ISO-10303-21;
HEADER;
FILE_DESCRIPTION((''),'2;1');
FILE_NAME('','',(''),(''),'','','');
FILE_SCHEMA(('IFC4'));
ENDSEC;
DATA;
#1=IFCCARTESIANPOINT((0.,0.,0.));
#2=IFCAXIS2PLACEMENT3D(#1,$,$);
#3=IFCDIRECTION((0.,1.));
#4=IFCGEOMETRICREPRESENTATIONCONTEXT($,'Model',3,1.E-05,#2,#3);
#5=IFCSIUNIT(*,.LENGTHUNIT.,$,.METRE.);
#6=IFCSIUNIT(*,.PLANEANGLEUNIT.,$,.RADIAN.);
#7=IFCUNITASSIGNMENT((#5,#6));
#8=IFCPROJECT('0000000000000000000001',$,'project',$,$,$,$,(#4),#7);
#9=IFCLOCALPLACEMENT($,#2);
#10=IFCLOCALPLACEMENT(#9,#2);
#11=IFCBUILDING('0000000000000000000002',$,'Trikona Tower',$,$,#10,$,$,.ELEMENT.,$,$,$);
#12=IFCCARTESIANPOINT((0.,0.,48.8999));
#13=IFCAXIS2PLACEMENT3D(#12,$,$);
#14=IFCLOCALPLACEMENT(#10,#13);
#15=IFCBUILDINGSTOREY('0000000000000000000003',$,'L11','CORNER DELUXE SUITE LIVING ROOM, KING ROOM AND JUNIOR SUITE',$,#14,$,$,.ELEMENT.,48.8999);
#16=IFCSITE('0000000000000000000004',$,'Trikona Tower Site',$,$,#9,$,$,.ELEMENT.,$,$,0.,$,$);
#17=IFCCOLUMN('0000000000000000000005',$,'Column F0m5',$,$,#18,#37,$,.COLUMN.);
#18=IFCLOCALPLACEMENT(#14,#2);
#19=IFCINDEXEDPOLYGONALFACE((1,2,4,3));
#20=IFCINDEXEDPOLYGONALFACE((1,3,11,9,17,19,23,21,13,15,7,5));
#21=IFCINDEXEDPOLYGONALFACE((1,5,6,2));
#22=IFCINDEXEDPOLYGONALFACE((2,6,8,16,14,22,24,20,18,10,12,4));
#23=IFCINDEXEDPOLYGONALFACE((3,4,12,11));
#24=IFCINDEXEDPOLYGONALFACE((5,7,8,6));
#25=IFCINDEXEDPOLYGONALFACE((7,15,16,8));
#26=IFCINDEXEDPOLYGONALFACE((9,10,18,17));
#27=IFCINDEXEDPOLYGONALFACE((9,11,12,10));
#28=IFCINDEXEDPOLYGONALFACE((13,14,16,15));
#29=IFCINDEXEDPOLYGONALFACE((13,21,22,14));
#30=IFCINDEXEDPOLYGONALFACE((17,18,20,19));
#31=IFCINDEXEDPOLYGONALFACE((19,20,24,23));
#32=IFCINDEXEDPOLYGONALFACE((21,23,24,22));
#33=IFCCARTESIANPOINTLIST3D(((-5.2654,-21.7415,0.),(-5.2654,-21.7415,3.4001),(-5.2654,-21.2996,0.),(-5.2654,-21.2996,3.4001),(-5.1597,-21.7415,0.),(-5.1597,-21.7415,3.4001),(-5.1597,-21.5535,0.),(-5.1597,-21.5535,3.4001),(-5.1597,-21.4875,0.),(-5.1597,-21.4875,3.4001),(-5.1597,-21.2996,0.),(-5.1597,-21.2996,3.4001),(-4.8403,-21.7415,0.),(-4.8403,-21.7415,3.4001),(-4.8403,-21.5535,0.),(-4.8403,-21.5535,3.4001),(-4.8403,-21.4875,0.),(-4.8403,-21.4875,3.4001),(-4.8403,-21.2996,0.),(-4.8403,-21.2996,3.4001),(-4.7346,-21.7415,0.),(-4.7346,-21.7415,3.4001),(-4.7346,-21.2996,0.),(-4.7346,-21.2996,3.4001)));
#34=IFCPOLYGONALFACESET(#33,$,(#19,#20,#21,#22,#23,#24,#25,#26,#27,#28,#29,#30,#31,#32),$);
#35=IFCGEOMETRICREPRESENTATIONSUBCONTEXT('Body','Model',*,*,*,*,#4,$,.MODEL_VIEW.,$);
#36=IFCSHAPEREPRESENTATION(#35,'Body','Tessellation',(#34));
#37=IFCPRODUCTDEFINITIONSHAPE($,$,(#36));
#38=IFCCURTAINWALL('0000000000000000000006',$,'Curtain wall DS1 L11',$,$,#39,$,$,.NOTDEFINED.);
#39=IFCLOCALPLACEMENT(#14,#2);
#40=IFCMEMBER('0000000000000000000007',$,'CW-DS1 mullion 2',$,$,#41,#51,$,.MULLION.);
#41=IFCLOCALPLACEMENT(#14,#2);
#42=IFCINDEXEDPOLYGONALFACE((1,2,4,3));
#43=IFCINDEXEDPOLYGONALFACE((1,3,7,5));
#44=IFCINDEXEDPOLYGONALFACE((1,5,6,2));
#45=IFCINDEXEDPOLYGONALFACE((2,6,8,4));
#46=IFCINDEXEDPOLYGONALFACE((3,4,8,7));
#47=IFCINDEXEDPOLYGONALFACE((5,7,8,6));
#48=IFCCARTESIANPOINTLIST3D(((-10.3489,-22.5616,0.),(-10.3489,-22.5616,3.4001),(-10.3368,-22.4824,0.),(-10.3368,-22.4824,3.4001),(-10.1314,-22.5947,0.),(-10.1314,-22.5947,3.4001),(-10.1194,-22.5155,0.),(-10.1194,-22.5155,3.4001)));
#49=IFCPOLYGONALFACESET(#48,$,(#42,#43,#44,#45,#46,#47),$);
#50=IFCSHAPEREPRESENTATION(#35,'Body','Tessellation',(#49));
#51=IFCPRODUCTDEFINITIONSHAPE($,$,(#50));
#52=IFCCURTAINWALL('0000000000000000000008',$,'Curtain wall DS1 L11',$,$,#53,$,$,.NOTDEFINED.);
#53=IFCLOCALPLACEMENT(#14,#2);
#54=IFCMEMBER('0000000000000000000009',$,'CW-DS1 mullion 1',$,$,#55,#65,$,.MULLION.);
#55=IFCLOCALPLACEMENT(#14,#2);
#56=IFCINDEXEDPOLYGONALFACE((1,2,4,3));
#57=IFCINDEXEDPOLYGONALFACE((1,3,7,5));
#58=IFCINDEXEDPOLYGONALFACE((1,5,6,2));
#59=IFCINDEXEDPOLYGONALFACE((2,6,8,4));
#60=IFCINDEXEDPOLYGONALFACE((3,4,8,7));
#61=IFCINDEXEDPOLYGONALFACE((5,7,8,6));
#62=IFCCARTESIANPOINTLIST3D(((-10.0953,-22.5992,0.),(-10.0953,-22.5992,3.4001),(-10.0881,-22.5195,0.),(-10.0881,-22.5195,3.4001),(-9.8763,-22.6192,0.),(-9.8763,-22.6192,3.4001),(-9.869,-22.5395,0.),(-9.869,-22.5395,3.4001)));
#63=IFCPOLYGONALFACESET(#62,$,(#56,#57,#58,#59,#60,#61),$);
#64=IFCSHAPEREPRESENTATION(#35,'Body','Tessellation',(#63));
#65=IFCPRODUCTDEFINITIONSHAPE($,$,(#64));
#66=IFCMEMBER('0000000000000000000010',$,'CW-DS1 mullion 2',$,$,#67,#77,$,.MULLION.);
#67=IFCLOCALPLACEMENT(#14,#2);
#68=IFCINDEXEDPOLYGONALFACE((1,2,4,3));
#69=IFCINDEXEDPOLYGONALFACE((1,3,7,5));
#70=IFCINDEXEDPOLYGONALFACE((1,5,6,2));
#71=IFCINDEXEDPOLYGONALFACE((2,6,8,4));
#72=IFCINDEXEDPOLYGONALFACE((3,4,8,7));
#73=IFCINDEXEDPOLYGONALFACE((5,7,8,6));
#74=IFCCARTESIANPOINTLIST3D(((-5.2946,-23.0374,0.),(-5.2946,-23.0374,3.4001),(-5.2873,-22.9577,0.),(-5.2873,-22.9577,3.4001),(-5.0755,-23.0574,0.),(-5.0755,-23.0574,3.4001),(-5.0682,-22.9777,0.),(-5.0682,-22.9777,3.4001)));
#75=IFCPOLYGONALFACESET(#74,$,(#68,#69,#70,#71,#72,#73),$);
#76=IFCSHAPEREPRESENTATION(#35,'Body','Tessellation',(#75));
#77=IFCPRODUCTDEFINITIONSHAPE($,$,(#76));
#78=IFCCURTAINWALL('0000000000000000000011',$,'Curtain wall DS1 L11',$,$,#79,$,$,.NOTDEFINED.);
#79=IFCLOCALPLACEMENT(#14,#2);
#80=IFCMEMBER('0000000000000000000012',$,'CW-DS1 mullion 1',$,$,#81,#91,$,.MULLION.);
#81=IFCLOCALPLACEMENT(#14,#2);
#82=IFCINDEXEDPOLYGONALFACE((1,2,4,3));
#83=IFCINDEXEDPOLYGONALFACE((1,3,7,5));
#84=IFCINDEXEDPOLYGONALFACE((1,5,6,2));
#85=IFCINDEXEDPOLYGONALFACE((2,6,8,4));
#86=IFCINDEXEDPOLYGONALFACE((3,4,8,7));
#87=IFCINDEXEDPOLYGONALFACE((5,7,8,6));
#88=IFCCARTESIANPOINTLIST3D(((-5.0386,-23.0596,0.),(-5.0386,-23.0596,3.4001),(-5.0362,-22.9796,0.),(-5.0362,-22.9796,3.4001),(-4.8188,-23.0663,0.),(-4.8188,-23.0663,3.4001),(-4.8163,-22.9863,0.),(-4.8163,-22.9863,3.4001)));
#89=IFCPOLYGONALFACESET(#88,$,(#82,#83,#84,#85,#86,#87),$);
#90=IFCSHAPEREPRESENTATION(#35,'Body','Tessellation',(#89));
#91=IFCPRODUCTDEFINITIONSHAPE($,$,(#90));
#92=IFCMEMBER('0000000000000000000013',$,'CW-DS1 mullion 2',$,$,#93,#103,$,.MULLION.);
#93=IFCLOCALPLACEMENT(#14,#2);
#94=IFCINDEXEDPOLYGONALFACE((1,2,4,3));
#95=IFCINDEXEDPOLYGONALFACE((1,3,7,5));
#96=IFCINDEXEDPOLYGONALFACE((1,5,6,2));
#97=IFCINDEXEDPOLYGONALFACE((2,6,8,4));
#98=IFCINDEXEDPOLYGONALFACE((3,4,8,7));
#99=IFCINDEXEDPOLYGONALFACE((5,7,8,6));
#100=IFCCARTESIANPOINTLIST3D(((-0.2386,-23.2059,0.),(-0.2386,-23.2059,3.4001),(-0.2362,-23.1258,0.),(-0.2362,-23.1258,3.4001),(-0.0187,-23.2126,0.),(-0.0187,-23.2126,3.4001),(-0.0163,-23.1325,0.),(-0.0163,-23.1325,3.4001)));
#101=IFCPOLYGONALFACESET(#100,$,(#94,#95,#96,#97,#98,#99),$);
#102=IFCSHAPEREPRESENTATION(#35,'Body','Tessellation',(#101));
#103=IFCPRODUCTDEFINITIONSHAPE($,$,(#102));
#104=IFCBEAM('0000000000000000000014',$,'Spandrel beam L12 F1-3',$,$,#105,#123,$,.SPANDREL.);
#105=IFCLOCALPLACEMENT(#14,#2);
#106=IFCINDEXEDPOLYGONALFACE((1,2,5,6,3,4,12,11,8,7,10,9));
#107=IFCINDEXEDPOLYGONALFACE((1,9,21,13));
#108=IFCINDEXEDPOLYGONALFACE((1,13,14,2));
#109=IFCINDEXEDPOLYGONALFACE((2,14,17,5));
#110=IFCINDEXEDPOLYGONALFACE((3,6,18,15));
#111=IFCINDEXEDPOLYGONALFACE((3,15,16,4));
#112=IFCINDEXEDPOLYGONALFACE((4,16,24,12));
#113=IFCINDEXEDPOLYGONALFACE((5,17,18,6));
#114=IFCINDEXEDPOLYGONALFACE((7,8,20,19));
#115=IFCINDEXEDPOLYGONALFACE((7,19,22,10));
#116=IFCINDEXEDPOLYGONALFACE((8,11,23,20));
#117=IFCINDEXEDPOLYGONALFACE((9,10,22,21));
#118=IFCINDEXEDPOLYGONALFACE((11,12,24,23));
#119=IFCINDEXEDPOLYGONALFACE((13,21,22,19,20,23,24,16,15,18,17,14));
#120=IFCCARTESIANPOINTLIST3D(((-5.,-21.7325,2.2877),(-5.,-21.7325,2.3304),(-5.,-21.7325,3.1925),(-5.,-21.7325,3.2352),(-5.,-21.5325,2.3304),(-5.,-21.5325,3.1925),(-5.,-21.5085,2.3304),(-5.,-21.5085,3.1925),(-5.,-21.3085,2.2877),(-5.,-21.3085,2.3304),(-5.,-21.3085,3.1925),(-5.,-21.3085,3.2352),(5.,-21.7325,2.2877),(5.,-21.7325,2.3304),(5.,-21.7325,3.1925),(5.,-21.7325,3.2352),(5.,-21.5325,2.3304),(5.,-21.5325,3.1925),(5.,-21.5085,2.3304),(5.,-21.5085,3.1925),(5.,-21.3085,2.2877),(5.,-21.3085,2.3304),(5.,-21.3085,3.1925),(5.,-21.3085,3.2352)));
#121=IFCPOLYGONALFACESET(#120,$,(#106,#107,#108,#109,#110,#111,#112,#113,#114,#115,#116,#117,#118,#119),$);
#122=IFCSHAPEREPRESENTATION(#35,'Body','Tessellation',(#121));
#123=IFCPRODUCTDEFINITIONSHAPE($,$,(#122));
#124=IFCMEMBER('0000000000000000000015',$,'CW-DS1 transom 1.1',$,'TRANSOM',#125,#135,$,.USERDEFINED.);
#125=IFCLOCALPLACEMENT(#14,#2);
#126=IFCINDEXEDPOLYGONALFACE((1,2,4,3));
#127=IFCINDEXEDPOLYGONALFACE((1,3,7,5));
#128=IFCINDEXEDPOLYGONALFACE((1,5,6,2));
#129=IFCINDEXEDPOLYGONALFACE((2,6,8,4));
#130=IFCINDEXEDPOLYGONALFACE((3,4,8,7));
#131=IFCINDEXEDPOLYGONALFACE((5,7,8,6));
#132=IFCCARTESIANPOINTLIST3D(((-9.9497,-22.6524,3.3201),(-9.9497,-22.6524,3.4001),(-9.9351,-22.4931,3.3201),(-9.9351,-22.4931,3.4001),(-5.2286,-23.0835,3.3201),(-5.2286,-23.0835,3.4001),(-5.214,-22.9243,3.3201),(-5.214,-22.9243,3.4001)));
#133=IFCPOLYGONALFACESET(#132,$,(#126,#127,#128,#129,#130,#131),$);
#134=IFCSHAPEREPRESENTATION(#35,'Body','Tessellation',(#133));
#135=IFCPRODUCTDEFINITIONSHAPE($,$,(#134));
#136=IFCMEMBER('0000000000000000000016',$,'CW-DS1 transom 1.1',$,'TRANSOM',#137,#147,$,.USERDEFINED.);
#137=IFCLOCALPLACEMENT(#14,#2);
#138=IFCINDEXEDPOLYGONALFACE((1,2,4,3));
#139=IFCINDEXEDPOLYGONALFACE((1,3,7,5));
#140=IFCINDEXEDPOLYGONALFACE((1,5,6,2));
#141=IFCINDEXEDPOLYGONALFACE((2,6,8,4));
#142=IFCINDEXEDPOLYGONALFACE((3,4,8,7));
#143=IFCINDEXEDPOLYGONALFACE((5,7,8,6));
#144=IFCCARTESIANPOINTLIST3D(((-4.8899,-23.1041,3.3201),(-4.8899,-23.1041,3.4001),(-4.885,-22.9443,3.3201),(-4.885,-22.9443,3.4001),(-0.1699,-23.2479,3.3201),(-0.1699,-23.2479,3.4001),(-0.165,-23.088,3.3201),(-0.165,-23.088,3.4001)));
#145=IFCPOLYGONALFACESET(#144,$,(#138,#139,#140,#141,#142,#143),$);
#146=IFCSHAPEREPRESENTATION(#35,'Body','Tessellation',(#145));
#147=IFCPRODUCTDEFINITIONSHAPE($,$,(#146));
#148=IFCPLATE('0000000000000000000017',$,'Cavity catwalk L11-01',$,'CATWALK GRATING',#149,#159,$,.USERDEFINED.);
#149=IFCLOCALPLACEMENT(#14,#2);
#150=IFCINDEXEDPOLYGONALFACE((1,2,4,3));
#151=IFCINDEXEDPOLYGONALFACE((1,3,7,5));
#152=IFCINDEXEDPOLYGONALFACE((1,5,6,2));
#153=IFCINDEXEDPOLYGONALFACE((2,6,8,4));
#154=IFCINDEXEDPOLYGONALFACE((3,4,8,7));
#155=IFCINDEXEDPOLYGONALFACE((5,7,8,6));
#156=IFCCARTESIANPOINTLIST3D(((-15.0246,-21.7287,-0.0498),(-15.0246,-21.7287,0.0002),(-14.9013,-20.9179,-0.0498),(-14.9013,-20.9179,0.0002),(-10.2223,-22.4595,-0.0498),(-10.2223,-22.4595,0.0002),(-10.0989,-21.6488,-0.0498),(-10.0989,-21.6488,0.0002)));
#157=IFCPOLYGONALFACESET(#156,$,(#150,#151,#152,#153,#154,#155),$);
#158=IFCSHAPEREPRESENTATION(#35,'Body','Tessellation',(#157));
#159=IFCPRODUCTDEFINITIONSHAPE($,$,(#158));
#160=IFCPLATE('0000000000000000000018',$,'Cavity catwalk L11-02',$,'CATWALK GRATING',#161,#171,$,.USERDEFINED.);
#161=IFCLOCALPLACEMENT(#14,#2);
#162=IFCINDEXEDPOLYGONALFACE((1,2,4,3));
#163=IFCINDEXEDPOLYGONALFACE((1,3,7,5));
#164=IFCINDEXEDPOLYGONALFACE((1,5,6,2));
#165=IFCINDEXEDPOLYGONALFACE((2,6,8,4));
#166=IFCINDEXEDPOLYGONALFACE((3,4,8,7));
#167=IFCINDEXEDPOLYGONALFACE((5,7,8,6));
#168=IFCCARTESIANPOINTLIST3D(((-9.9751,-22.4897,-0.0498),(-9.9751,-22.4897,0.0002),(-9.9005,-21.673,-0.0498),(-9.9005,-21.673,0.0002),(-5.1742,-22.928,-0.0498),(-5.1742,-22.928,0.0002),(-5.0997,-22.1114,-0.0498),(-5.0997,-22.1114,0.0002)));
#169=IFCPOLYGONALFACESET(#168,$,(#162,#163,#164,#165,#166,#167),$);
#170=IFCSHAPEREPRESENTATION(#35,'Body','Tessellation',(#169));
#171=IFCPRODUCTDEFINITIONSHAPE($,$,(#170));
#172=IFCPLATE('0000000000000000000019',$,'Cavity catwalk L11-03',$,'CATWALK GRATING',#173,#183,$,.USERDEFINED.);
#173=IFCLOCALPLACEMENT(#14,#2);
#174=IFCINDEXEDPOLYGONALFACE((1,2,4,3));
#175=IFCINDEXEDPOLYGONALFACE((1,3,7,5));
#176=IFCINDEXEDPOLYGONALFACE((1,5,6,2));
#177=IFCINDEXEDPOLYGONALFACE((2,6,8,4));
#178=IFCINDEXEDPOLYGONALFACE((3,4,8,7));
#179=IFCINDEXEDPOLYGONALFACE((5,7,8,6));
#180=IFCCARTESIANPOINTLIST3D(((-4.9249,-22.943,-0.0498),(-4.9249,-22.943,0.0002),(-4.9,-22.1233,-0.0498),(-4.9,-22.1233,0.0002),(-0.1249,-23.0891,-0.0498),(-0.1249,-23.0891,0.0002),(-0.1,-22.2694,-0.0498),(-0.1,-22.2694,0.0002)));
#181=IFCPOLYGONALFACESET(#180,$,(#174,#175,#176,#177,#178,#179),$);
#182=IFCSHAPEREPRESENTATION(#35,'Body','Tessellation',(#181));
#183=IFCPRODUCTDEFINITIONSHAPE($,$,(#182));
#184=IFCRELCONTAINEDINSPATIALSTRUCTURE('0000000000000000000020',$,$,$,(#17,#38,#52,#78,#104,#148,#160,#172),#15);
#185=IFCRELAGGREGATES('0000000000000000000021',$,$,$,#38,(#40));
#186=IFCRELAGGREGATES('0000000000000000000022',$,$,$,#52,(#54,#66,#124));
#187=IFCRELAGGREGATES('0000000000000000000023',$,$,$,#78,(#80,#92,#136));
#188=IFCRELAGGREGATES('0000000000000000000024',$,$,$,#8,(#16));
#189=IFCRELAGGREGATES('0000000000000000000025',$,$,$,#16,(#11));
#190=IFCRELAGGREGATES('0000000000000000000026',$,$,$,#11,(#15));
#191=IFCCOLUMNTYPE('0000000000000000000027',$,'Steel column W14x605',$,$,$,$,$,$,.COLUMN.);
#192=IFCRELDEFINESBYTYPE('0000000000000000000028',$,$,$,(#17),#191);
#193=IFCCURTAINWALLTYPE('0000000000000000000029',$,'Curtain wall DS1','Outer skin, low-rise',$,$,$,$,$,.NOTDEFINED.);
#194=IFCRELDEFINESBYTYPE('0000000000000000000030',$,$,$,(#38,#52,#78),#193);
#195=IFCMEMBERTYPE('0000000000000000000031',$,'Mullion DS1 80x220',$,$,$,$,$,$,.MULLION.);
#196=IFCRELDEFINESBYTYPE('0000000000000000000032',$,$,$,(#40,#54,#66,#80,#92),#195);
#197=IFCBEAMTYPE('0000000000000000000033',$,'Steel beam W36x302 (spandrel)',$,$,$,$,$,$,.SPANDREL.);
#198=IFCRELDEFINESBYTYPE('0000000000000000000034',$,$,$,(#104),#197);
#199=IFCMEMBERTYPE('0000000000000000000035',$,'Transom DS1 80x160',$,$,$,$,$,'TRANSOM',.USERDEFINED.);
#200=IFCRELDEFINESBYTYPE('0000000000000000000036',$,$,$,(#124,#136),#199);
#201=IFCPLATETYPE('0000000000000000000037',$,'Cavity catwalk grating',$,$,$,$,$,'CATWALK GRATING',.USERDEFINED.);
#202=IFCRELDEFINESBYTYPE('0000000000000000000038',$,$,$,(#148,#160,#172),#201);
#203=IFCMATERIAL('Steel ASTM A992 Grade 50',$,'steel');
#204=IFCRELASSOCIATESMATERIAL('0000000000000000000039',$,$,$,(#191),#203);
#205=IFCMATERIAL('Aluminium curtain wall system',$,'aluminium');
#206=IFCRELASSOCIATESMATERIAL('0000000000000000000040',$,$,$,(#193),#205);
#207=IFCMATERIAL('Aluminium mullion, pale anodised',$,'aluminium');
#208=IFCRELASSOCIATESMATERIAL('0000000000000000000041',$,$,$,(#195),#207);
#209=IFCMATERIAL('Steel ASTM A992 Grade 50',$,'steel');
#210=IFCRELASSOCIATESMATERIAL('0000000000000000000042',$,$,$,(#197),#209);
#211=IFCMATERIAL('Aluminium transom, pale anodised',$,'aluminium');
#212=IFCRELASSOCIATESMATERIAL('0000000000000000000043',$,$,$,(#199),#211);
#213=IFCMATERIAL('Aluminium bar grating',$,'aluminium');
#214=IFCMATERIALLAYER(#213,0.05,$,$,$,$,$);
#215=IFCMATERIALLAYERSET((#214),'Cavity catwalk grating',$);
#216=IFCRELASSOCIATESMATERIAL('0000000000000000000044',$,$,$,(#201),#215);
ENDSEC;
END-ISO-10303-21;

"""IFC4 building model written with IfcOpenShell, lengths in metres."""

from ifc_helpers import new_model, si_unit, direction, frame, origin, origin_2d, place, context, subcontext, project, spatial, rectangle, i_section, extrude, material, layer, layer_set, material_profile, profile_set, type_object, element, aggregate, save


model = new_model("IFC4")

# Units and contexts
model_context = context("Model", 3, precision=1e-05, world=origin(), true_north=direction((0.0, 1.0)))
body_context = subcontext(model_context, "Body", "Model", "MODEL_VIEW")
ifc_project = project(units=[si_unit("LENGTHUNIT", "METRE"), si_unit("PLANEANGLEUNIT", "RADIAN")], contexts=[model_context])

# Site, building, storey
site_placement = place(None, origin())
site = spatial("IfcSite", under=ifc_project, at=site_placement, Name="Trikona Tower Site", CompositionType="ELEMENT", RefElevation=0.0)
building_placement = place(site_placement, origin())
building = spatial("IfcBuilding", under=site, at=building_placement, Name="Trikona Tower", CompositionType="ELEMENT")
storey_placement = place(building_placement, frame((0.0, 0.0, 48.8999)))
storey = spatial("IfcBuildingStorey", under=building, at=storey_placement, Name="L11", Description="CORNER DELUXE SUITE LIVING ROOM, KING ROOM AND JUNIOR SUITE", CompositionType="ELEMENT", Elevation=48.8999)

# Column
ifc_material_1 = material(Name="Steel ASTM A992 Grade 50", Category="steel")
ifc_material_profile_1 = material_profile(ifc_material_1, i_section(OverallWidth=0.4419, OverallDepth=0.5308, WebThickness=0.0659, FlangeThickness=0.1057, at=origin_2d()), Name="W14X605")
ifc_profile_set_1 = profile_set([ifc_material_profile_1], Name="Steel ASTM A992 Grade 50")
column_type = type_object("IfcColumnType", Name="Steel column W14x605", PredefinedType="COLUMN", material=ifc_profile_set_1)
column_placement = place(storey_placement, frame((-5.0, -21.5205, 0.0), z_axis=(0.0, 0.0, 1.0), x_axis=(0.0, -1.0, 0.0)))
element("IfcColumn", 1, at=column_placement, inside=storey, type_object=column_type, Name="Column F0m5", PredefinedType="COLUMN", context=body_context, shape_type="SweptSolid", body=[
    extrude(i_section(OverallWidth=0.4419, OverallDepth=0.5308, WebThickness=0.0659, FlangeThickness=0.1057, at=origin_2d()), origin(), (0.0, 0.0, 1.0), 3.4001),
])

# Curtain wall, member
ifc_material_2 = material(Name="Aluminium curtain wall system", Category="aluminium")
curtain_wall_type = type_object("IfcCurtainWallType", Name="Curtain wall DS1", Description="Outer skin, low-rise", PredefinedType="NOTDEFINED", material=ifc_material_2)
curtain_wall_1_placement = place(storey_placement, origin())
curtain_wall_1 = element("IfcCurtainWall", 2, at=curtain_wall_1_placement, inside=storey, type_object=curtain_wall_type, Name="Curtain wall DS1 L11", PredefinedType="NOTDEFINED")
ifc_material_3 = material(Name="Aluminium mullion, pale anodised", Category="aluminium")
ifc_material_profile_2 = material_profile(ifc_material_3, rectangle(XDim=0.0801, YDim=0.22, at=origin_2d()), Name="MUL-DS1")
ifc_profile_set_2 = profile_set([ifc_material_profile_2], Name="Aluminium mullion, pale anodised")
member_type_1 = type_object("IfcMemberType", Name="Mullion DS1 80x220", PredefinedType="MULLION", material=ifc_profile_set_2)
member_1_placement = place(storey_placement, frame((-10.2341, -22.5386, 0.0), z_axis=(0.0, 0.0, 1.0), x_axis=(0.150438, 0.988619, 0.0)))
member_1 = element("IfcMember", 3, at=member_1_placement, type_object=member_type_1, Name="CW-DS1 mullion 2", PredefinedType="MULLION", context=body_context, shape_type="SweptSolid", body=[
    extrude(rectangle(XDim=0.0801, YDim=0.22, at=origin_2d()), origin(), (0.0, 0.0, 1.0), 3.4001),
])

# Curtain walls, members
curtain_wall_2_placement = place(storey_placement, origin())
curtain_wall_2 = element("IfcCurtainWall", 4, at=curtain_wall_2_placement, inside=storey, type_object=curtain_wall_type, Name="Curtain wall DS1 L11", PredefinedType="NOTDEFINED")
member_2_placement = place(storey_placement, frame((-9.9822, -22.5693, 0.0), z_axis=(0.0, 0.0, 1.0), x_axis=(0.090924, 0.995858, 0.0)))
member_2 = element("IfcMember", 5, at=member_2_placement, type_object=member_type_1, Name="CW-DS1 mullion 1", PredefinedType="MULLION", context=body_context, shape_type="SweptSolid", body=[
    extrude(rectangle(XDim=0.0801, YDim=0.22, at=origin_2d()), origin(), (0.0, 0.0, 1.0), 3.4001),
])
member_3_placement = place(storey_placement, frame((-5.1814, -23.0076, 0.0), z_axis=(0.0, 0.0, 1.0), x_axis=(0.090924, 0.995858, 0.0)))
member_3 = element("IfcMember", 6, at=member_3_placement, type_object=member_type_1, Name="CW-DS1 mullion 2", PredefinedType="MULLION", context=body_context, shape_type="SweptSolid", body=[
    extrude(rectangle(XDim=0.0801, YDim=0.22, at=origin_2d()), origin(), (0.0, 0.0, 1.0), 3.4001),
])
curtain_wall_3_placement = place(storey_placement, origin())
curtain_wall_3 = element("IfcCurtainWall", 7, at=curtain_wall_3_placement, inside=storey, type_object=curtain_wall_type, Name="Curtain wall DS1 L11", PredefinedType="NOTDEFINED")
member_4_placement = place(storey_placement, frame((-4.9275, -23.0229, 0.0), z_axis=(0.0, 0.0, 1.0), x_axis=(0.030437, 0.999537, 0.0)))
member_4 = element("IfcMember", 8, at=member_4_placement, type_object=member_type_1, Name="CW-DS1 mullion 1", PredefinedType="MULLION", context=body_context, shape_type="SweptSolid", body=[
    extrude(rectangle(XDim=0.0801, YDim=0.22, at=origin_2d()), origin(), (0.0, 0.0, 1.0), 3.4001),
])
member_5_placement = place(storey_placement, frame((-0.1274, -23.1692, 0.0), z_axis=(0.0, 0.0, 1.0), x_axis=(0.030437, 0.999537, 0.0)))
member_5 = element("IfcMember", 9, at=member_5_placement, type_object=member_type_1, Name="CW-DS1 mullion 2", PredefinedType="MULLION", context=body_context, shape_type="SweptSolid", body=[
    extrude(rectangle(XDim=0.0801, YDim=0.22, at=origin_2d()), origin(), (0.0, 0.0, 1.0), 3.4001),
])

# Beam
ifc_material_4 = material(Name="Steel ASTM A992 Grade 50", Category="steel")
ifc_material_profile_3 = material_profile(ifc_material_4, i_section(OverallWidth=0.4241, OverallDepth=0.9475, WebThickness=0.0239, FlangeThickness=0.0427, at=origin_2d()), Name="W36X302")
ifc_profile_set_3 = profile_set([ifc_material_profile_3], Name="Steel ASTM A992 Grade 50")
beam_type = type_object("IfcBeamType", Name="Steel beam W36x302 (spandrel)", PredefinedType="SPANDREL", material=ifc_profile_set_3)
beam_placement = place(storey_placement, frame((-5.0, -21.5205, 2.7615), z_axis=(1.0, 0.0, 0.0), x_axis=(0.0, 1.0, 0.0)))
element("IfcBeam", 10, at=beam_placement, inside=storey, type_object=beam_type, Name="Spandrel beam L12 F1-3", PredefinedType="SPANDREL", context=body_context, shape_type="SweptSolid", body=[
    extrude(i_section(OverallWidth=0.4241, OverallDepth=0.9475, WebThickness=0.0239, FlangeThickness=0.0427, at=origin_2d()), origin(), (0.0, 0.0, 1.0), 10.0),
])

# Members
ifc_material_5 = material(Name="Aluminium transom, pale anodised", Category="aluminium")
ifc_material_profile_4 = material_profile(ifc_material_5, rectangle(XDim=0.1599, YDim=0.0801, at=origin_2d()), Name="TRN-DS1")
ifc_profile_set_4 = profile_set([ifc_material_profile_4], Name="Aluminium transom, pale anodised")
member_type_2 = type_object("IfcMemberType", Name="Transom DS1 80x160", ElementType="TRANSOM", PredefinedType="USERDEFINED", material=ifc_profile_set_4)
member_6_placement = place(storey_placement, frame((-9.9424, -22.5728, 3.3601), z_axis=(0.995856, -0.090944, 0.0), x_axis=(0.090944, 0.995856, 0.0)))
member_6 = element("IfcMember", 11, at=member_6_placement, type_object=member_type_2, Name="CW-DS1 transom 1.1", ObjectType="TRANSOM", PredefinedType="USERDEFINED", context=body_context, shape_type="SweptSolid", body=[
    extrude(rectangle(XDim=0.1599, YDim=0.0801, at=origin_2d()), origin(), (0.0, 0.0, 1.0), 4.7407),
])
member_7_placement = place(storey_placement, frame((-4.8875, -23.0242, 3.3601), z_axis=(0.999536, -0.030452, 0.0), x_axis=(0.030452, 0.999536, 0.0)))
member_7 = element("IfcMember", 12, at=member_7_placement, type_object=member_type_2, Name="CW-DS1 transom 1.1", ObjectType="TRANSOM", PredefinedType="USERDEFINED", context=body_context, shape_type="SweptSolid", body=[
    extrude(rectangle(XDim=0.1599, YDim=0.0801, at=origin_2d()), origin(), (0.0, 0.0, 1.0), 4.7222),
])

# Plates
ifc_material_6 = material(Name="Aluminium bar grating", Category="aluminium")
ifc_layer_1 = layer(ifc_material_6, 0.05)
ifc_layer_set_1 = layer_set([ifc_layer_1], Name="Cavity catwalk grating")
plate_type_1 = type_object("IfcPlateType", Name="Cavity catwalk grating", ElementType="CATWALK GRATING", PredefinedType="USERDEFINED", material=ifc_layer_set_1)
plate_1_placement = place(storey_placement, frame((-12.5618, -21.6887, -0.0498), z_axis=(0.0, 0.0, 1.0), x_axis=(0.988618, -0.150448, 0.0)))
element("IfcPlate", 13, at=plate_1_placement, inside=storey, type_object=plate_type_1, Name="Cavity catwalk L11-01", ObjectType="CATWALK GRATING", PredefinedType="USERDEFINED", context=body_context, shape_type="SweptSolid", body=[
    extrude(rectangle(XDim=4.8577, YDim=0.8201, at=origin_2d()), origin(), (0.0, 0.0, 1.0), 0.05),
])
plate_2_placement = place(storey_placement, frame((-7.5374, -22.3005, -0.0498), z_axis=(0.0, 0.0, 1.0), x_axis=(0.995858, -0.090921, 0.0)))
element("IfcPlate", 14, at=plate_2_placement, inside=storey, type_object=plate_type_1, Name="Cavity catwalk L11-02", ObjectType="CATWALK GRATING", PredefinedType="USERDEFINED", context=body_context, shape_type="SweptSolid", body=[
    extrude(rectangle(XDim=4.8208, YDim=0.8201, at=origin_2d()), origin(), (0.0, 0.0, 1.0), 0.05),
])
plate_3_placement = place(storey_placement, frame((-2.5125, -22.6062, -0.0498), z_axis=(0.0, 0.0, 1.0), x_axis=(0.999537, -0.030425, 0.0)))
element("IfcPlate", 15, at=plate_3_placement, inside=storey, type_object=plate_type_1, Name="Cavity catwalk L11-03", ObjectType="CATWALK GRATING", PredefinedType="USERDEFINED", context=body_context, shape_type="SweptSolid", body=[
    extrude(rectangle(XDim=4.8022, YDim=0.8201, at=origin_2d()), origin(), (0.0, 0.0, 1.0), 0.05),
])

aggregate(curtain_wall_1, [member_1])
aggregate(curtain_wall_2, [member_2, member_3, member_6])
aggregate(curtain_wall_3, [member_4, member_5, member_7])

save(model, "model.ifc")
